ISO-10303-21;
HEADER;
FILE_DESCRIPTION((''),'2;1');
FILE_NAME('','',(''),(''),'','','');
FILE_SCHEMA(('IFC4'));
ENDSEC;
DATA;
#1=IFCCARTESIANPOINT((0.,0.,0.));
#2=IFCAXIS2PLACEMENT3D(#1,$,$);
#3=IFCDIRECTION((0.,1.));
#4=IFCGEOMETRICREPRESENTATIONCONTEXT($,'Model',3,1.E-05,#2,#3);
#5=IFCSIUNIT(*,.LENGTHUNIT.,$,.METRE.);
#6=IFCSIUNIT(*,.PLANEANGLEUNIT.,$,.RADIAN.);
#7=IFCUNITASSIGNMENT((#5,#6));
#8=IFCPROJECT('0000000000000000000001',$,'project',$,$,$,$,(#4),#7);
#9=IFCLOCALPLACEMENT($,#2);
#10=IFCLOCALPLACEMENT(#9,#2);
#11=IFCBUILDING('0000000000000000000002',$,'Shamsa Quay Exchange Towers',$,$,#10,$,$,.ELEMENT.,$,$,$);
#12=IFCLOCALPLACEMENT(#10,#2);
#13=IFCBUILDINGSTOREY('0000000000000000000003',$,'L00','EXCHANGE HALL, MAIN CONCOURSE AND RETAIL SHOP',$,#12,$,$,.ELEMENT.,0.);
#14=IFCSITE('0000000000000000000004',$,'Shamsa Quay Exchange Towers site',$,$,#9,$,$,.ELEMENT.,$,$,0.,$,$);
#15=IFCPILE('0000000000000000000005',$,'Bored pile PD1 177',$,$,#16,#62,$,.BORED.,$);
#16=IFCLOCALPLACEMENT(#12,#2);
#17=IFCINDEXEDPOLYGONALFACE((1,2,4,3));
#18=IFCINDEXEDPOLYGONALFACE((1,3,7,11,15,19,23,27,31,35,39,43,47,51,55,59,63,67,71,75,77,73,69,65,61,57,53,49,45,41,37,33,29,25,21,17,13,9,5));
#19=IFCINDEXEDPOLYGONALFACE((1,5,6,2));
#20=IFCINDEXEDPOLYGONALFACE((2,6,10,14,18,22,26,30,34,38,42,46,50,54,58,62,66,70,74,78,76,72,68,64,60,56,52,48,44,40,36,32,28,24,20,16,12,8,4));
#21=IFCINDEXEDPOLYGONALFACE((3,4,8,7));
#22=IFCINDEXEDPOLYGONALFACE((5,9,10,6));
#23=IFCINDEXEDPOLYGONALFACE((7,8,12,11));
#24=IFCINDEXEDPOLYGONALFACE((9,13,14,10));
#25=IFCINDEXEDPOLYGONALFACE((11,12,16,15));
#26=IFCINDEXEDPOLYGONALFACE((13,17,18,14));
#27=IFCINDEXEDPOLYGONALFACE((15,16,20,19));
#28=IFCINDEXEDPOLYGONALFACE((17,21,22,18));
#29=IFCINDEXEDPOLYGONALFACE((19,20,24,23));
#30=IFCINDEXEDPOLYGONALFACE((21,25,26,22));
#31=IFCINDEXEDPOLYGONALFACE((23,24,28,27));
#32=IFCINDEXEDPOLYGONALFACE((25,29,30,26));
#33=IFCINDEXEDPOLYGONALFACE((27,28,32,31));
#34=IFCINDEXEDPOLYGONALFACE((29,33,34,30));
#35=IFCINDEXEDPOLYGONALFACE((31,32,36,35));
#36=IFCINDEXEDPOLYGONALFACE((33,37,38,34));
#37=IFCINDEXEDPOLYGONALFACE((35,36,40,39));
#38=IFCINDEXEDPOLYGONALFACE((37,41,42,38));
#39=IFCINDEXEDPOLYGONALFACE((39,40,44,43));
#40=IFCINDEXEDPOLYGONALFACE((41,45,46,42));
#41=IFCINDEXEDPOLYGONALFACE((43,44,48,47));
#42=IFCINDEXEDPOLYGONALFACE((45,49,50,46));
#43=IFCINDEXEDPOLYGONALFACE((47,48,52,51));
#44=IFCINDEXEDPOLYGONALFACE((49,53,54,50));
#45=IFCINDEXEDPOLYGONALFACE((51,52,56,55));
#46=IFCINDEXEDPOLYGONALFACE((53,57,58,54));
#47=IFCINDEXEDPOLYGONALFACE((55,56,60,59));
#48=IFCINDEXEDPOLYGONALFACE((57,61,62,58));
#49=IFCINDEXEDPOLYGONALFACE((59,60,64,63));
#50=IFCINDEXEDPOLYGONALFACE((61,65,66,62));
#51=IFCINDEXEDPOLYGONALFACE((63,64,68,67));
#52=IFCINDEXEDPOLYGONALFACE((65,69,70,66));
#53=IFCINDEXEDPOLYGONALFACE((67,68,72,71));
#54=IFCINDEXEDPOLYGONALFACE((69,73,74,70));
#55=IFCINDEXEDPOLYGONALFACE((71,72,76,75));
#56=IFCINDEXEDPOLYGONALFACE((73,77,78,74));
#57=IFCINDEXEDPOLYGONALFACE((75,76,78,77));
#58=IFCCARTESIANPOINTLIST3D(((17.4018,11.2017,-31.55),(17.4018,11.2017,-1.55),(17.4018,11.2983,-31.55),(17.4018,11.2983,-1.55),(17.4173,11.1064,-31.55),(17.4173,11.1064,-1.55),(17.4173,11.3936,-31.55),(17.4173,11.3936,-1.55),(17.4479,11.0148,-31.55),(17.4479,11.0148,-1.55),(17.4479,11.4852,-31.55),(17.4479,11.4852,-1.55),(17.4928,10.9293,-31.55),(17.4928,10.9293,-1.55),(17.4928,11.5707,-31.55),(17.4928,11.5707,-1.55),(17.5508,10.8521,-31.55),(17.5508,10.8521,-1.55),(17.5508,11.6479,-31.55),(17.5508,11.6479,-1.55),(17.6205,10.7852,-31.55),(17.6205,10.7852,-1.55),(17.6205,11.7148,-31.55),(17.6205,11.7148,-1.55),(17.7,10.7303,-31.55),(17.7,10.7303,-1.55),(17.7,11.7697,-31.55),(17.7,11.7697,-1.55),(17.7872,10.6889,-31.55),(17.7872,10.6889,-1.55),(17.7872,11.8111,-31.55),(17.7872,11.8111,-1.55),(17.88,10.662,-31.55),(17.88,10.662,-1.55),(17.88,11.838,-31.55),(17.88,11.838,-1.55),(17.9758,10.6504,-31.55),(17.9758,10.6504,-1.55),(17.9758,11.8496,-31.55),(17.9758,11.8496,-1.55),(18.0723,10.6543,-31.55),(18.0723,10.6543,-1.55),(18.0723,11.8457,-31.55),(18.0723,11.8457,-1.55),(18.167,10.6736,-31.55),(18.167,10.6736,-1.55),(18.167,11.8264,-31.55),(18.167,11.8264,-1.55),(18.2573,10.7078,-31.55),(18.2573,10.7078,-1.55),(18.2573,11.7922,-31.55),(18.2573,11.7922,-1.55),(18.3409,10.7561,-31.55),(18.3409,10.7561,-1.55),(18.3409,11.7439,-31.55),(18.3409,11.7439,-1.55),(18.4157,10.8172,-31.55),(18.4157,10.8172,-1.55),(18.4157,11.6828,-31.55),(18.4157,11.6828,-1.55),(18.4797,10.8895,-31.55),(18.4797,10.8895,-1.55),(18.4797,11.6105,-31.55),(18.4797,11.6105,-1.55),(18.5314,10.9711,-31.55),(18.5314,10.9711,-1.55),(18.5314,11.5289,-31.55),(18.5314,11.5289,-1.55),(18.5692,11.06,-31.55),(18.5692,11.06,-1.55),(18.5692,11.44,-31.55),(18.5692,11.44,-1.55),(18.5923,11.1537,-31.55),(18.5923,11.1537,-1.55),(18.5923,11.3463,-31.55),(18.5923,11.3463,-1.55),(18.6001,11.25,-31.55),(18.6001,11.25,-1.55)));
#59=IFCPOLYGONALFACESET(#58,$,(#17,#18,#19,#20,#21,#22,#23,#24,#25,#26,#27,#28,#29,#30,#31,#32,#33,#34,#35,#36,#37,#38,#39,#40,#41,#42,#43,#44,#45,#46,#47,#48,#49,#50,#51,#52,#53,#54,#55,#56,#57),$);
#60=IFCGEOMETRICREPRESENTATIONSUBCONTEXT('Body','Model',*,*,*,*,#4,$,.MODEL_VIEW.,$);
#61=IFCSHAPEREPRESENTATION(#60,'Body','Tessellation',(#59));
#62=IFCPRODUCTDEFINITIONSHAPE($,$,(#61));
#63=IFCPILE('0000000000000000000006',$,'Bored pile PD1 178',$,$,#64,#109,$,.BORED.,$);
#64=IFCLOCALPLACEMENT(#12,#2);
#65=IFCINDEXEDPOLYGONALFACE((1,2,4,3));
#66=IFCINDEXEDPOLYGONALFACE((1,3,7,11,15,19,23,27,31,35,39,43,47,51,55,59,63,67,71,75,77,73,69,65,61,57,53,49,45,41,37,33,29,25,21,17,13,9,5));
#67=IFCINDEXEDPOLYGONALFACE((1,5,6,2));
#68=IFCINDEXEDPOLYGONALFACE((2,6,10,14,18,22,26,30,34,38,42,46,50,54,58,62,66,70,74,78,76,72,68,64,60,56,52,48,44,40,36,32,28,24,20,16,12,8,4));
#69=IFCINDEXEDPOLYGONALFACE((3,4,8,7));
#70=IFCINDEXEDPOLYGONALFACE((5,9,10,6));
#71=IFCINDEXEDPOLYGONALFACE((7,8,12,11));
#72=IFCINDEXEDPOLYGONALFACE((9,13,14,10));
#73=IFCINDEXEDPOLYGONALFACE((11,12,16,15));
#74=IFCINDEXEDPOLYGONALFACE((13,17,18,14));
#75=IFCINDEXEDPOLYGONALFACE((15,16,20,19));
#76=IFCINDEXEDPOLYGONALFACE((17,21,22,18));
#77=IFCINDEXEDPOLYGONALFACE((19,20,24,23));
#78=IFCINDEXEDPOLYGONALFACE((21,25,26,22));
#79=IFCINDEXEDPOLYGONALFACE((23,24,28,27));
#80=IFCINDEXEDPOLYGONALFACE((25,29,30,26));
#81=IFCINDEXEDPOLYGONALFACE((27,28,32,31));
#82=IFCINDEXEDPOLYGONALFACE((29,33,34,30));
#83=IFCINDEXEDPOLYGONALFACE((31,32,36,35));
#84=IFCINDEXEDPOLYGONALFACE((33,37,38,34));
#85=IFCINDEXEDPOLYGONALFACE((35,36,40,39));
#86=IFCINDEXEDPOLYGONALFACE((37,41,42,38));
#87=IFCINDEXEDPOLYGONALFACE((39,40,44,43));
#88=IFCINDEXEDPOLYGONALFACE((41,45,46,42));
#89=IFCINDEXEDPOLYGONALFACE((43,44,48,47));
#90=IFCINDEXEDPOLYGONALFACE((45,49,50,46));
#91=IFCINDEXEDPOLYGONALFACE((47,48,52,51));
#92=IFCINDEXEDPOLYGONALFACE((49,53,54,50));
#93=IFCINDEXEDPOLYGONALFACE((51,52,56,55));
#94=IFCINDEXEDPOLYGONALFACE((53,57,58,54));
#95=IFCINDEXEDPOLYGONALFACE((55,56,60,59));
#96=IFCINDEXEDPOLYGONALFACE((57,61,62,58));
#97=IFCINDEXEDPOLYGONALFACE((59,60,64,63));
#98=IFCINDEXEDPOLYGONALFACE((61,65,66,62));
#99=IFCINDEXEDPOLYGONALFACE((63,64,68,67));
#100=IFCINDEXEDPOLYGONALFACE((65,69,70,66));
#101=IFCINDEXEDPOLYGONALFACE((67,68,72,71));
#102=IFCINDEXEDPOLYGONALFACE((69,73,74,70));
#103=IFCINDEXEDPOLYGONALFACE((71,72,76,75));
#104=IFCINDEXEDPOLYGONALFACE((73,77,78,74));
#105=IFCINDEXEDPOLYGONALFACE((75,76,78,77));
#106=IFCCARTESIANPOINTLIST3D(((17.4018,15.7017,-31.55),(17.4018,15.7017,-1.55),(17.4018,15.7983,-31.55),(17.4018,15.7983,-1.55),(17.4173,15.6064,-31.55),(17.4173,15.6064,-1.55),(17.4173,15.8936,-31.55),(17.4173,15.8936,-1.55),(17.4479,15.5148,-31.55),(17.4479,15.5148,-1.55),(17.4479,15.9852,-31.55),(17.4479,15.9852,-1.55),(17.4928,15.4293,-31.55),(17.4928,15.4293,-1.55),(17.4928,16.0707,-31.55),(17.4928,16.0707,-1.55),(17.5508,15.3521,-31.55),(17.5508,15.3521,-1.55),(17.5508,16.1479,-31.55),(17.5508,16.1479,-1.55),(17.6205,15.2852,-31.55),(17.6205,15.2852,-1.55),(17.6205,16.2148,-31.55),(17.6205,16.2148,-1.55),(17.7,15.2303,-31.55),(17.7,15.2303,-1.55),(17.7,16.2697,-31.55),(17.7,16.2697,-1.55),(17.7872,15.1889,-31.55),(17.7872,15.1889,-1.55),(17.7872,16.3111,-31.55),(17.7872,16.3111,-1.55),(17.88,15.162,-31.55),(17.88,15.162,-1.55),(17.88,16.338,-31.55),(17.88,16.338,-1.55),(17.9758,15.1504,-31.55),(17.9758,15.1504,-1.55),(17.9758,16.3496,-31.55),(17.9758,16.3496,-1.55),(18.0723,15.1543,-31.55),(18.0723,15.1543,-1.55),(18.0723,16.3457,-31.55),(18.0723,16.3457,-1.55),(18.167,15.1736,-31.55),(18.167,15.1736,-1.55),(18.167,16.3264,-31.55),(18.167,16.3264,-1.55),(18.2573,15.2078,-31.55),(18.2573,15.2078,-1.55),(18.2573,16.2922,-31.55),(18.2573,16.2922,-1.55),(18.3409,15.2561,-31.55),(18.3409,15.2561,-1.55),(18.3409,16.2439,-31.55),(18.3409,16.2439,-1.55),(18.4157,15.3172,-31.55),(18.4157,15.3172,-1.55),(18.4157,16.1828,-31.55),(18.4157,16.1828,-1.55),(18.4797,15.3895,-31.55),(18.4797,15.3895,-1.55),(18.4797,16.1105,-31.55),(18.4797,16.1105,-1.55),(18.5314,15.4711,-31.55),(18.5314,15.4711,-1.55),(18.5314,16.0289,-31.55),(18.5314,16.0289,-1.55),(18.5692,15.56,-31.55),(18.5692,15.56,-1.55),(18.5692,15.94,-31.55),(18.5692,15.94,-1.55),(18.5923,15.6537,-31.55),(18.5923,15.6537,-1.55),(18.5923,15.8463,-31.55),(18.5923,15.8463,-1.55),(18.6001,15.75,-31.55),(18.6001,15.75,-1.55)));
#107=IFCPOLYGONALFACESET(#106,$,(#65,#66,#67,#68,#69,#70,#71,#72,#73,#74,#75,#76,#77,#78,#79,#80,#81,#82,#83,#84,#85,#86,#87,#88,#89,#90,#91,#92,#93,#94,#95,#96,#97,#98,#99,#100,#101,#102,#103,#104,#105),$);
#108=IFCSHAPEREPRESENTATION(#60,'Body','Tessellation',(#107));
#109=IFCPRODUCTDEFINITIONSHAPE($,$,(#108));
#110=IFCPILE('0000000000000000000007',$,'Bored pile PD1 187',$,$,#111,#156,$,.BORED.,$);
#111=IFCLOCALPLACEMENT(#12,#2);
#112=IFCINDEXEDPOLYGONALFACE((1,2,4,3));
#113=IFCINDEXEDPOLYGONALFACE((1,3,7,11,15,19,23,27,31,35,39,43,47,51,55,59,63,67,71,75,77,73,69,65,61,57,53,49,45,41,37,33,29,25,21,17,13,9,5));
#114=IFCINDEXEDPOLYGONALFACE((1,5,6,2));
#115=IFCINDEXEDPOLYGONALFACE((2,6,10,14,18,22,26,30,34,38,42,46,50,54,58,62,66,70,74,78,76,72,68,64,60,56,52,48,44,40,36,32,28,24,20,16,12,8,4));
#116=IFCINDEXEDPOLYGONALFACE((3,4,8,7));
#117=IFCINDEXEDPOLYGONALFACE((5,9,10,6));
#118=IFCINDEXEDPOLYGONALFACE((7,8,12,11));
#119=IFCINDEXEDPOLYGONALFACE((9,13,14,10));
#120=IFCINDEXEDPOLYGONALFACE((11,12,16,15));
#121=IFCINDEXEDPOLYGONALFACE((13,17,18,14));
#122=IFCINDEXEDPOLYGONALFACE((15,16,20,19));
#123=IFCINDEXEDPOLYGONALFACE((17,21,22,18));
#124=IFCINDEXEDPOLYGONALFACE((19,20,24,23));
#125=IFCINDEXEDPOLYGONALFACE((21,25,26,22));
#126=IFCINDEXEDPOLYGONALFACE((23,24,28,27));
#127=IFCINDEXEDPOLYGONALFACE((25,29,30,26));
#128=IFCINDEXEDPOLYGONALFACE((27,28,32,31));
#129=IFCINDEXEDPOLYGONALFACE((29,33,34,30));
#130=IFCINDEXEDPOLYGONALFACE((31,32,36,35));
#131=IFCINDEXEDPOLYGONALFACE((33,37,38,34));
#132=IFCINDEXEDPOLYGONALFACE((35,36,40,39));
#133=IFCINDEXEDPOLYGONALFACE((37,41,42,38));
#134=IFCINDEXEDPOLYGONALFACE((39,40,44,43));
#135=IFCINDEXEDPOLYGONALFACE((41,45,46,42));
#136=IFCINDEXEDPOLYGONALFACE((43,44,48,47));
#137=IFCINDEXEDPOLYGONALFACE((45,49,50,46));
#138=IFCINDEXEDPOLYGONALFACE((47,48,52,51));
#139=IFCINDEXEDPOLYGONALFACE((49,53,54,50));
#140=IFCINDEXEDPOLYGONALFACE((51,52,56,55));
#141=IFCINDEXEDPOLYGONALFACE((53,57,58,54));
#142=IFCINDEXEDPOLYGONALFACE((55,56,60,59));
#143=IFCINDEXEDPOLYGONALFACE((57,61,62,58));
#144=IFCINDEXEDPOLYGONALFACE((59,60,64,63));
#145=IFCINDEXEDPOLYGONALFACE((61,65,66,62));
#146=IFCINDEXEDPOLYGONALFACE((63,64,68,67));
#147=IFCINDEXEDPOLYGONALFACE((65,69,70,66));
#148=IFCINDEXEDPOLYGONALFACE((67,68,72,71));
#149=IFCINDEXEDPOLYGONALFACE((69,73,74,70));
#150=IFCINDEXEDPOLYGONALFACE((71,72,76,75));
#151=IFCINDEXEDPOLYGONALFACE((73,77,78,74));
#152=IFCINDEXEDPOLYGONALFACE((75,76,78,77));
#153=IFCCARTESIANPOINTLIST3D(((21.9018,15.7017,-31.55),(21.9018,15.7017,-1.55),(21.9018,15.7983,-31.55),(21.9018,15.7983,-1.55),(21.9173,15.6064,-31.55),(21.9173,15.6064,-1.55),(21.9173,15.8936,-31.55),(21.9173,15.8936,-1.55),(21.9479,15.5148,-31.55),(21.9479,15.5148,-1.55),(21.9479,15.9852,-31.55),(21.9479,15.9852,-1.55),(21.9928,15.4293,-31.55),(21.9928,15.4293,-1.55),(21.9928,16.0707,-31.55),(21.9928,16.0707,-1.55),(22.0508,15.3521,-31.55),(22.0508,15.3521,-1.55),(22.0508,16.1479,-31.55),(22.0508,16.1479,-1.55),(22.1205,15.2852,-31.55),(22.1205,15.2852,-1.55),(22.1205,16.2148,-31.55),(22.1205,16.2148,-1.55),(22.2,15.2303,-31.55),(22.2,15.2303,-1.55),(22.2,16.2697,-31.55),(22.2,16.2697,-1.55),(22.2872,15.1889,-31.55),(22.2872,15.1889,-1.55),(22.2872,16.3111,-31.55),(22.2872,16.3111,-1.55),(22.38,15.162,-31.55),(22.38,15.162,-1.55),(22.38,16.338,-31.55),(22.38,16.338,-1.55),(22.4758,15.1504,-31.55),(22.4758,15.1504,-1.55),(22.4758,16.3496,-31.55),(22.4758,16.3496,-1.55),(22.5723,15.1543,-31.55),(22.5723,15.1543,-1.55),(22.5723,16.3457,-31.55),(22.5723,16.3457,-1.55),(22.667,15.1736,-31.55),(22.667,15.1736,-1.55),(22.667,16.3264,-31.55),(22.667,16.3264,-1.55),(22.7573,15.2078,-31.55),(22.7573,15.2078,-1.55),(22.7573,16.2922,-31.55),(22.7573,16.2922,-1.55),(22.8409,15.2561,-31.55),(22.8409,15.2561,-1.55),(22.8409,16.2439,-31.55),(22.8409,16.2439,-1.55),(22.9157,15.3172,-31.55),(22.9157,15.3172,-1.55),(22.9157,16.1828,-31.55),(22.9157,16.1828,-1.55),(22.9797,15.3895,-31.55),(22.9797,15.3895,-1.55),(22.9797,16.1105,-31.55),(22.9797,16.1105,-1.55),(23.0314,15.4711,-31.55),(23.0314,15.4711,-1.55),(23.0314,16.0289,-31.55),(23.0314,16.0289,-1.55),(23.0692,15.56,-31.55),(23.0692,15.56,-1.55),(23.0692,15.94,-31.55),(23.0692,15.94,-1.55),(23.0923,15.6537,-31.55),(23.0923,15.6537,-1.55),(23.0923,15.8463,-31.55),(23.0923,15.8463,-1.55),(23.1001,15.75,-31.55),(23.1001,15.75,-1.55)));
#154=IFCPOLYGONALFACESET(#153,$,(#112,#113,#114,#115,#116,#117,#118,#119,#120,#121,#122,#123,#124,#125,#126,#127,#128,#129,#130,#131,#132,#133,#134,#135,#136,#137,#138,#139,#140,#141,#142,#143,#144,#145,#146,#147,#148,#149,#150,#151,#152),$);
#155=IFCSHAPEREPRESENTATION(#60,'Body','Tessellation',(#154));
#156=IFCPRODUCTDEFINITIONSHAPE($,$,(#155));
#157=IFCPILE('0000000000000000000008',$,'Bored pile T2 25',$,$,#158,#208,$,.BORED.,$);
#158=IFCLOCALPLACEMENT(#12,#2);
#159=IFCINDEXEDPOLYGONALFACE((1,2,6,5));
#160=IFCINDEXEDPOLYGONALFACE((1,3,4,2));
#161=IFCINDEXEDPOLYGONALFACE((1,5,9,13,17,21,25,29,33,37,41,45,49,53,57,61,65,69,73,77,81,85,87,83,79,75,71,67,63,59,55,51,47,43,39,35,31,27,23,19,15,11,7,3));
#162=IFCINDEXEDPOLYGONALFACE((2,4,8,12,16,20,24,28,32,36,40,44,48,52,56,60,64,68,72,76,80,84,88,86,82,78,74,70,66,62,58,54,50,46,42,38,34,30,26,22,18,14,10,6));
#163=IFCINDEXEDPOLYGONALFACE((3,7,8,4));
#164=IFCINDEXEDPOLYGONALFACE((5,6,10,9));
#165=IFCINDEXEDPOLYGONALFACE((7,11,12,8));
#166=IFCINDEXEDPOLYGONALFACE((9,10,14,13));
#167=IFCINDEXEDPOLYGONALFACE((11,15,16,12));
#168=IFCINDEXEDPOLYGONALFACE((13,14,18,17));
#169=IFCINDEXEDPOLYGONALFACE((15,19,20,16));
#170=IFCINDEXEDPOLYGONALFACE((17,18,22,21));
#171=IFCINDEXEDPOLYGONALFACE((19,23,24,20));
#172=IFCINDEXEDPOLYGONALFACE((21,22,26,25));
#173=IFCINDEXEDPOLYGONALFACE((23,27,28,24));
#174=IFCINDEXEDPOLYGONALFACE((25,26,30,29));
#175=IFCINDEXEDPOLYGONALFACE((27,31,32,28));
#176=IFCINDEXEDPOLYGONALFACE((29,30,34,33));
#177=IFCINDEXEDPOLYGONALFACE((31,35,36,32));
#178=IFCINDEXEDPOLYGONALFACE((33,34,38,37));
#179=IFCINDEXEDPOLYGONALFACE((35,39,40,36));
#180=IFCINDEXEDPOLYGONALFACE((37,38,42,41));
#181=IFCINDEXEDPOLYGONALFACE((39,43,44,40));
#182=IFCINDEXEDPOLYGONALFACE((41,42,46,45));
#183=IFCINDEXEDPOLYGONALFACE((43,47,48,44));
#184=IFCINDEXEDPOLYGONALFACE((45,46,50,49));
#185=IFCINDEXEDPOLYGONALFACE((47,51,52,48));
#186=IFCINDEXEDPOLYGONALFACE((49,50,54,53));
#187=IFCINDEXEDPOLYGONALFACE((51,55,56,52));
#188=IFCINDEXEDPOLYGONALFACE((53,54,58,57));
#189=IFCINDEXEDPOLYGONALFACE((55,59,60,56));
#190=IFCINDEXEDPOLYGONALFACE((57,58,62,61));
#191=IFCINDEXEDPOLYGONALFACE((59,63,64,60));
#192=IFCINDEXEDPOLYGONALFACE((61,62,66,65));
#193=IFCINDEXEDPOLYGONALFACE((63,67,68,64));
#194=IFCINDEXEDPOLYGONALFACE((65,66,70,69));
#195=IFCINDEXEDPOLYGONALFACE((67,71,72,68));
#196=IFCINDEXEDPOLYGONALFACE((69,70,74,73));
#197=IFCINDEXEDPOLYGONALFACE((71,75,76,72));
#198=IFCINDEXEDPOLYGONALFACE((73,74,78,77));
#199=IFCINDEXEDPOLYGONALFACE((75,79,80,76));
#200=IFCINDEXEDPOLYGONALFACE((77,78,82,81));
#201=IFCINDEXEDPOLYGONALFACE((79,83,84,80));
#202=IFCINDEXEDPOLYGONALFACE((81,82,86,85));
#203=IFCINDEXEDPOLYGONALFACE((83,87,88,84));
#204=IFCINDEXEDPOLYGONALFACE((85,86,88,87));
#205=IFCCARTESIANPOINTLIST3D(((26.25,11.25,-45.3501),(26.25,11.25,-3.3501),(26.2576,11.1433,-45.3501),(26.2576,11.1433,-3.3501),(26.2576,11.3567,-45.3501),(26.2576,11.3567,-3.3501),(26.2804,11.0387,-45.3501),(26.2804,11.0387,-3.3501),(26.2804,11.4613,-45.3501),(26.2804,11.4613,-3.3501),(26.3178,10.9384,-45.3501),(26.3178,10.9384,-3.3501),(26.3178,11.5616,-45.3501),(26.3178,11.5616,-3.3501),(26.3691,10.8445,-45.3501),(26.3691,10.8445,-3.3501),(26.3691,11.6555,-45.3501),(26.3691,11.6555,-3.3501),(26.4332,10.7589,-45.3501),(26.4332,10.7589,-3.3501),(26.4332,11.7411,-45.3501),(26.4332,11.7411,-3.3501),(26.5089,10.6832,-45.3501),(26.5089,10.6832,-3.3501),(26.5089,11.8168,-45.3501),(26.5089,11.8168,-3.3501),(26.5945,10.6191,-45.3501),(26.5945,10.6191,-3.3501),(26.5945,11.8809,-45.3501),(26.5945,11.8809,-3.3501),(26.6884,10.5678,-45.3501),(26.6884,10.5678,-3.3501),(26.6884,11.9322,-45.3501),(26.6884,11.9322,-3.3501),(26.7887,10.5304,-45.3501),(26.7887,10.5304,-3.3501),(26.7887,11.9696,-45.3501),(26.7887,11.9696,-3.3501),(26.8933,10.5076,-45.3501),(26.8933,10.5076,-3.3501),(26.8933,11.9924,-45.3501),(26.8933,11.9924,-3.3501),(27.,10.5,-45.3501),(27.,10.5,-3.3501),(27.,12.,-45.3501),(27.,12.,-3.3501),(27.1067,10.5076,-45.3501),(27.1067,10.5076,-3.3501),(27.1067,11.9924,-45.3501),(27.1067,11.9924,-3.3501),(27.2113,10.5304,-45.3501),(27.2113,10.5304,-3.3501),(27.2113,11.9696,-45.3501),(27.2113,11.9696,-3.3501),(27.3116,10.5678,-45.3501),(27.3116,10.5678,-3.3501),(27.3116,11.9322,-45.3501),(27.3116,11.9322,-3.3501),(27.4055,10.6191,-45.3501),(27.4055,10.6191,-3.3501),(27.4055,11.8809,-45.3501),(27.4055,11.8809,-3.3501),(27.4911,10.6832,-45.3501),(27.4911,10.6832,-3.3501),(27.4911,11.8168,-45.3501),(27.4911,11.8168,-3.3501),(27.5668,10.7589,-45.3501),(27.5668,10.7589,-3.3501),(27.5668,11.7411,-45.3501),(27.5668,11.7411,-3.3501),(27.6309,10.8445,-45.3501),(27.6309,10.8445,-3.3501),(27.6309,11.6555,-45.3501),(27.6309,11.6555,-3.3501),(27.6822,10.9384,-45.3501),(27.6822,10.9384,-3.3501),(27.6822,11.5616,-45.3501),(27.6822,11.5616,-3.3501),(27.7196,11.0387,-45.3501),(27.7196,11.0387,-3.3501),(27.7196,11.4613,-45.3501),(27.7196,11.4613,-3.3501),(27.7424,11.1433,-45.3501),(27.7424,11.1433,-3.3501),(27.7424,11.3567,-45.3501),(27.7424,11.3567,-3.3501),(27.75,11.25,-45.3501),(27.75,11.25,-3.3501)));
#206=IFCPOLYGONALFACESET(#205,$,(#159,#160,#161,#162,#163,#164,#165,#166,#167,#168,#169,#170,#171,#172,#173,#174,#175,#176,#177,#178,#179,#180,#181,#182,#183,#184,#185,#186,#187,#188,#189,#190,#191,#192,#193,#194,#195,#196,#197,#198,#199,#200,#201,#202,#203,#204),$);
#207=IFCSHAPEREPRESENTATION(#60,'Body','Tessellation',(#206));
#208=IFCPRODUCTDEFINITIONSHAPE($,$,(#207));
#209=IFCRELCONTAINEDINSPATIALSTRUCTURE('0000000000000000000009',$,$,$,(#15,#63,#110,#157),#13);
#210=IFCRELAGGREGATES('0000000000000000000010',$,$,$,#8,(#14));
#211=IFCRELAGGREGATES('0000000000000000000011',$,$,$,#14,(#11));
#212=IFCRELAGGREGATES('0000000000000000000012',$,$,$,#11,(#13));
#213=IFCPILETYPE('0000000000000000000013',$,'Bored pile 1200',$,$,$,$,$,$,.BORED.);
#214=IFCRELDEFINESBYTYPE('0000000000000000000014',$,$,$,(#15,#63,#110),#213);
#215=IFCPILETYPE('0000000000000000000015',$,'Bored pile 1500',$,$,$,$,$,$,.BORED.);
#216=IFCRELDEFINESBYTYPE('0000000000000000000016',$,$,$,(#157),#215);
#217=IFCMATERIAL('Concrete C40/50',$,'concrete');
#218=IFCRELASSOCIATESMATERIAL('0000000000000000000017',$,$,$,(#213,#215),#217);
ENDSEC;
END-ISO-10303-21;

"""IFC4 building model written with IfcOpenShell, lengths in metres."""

from ifc_helpers import new_model, si_unit, direction, frame, origin, origin_2d, place, context, subcontext, project, spatial, circle, extrude, material, material_profile, profile_set, type_object, element, save


model = new_model("IFC4")

# Units and contexts
model_context = context("Model", 3, precision=1e-05, world=origin(), true_north=direction((0.0, 1.0)))
body_context = subcontext(model_context, "Body", "Model", "MODEL_VIEW")
ifc_project = project(units=[si_unit("LENGTHUNIT", "METRE"), si_unit("PLANEANGLEUNIT", "RADIAN")], contexts=[model_context])

# Site, building, storey
site_placement = place(None, origin())
site = spatial("IfcSite", under=ifc_project, at=site_placement, Name="Shamsa Quay Exchange Towers site", CompositionType="ELEMENT", RefElevation=0.0)
building_placement = place(site_placement, origin())
building = spatial("IfcBuilding", under=site, at=building_placement, Name="Shamsa Quay Exchange Towers", CompositionType="ELEMENT")
storey_placement = place(building_placement, origin())
storey = spatial("IfcBuildingStorey", under=building, at=storey_placement, Name="L00", Description="EXCHANGE HALL, MAIN CONCOURSE AND RETAIL SHOP", CompositionType="ELEMENT", Elevation=0.0)

# Piles
ifc_material_1 = material(Name="Concrete C40/50", Category="concrete")
ifc_material_profile_1 = material_profile(ifc_material_1, circle(Radius=0.6001, at=origin_2d()), Name="BP1200")
ifc_profile_set_1 = profile_set([ifc_material_profile_1], Name="Concrete C40/50")
pile_type_1 = type_object("IfcPileType", Name="Bored pile 1200", PredefinedType="BORED", material=ifc_profile_set_1)
for number, where, z_axis, x_axis, name in (
    (1, (18.0, 11.25, -1.55), (0.0, 0.0, -1.0), (1.0, 0.0, 0.0), "Bored pile PD1 177"),
    (2, (18.0, 15.75, -1.55), (0.0, 0.0, -1.0), (1.0, 0.0, 0.0), "Bored pile PD1 178"),
    (3, (22.5, 15.75, -1.55), (0.0, 0.0, -1.0), (1.0, 0.0, 0.0), "Bored pile PD1 187"),
):
    element("IfcPile", number, at=place(storey_placement, frame(where, z_axis=z_axis, x_axis=x_axis)), inside=storey, type_object=pile_type_1, Name=name, PredefinedType="BORED", context=body_context, shape_type="SweptSolid", body=[
        extrude(circle(Radius=0.6001, at=origin_2d()), origin(), (0.0, 0.0, 1.0), 30.0),
    ])
ifc_material_profile_2 = material_profile(ifc_material_1, circle(Radius=0.75, at=origin_2d()), Name="BP1500")
ifc_profile_set_2 = profile_set([ifc_material_profile_2], Name="Concrete C40/50")
pile_type_2 = type_object("IfcPileType", Name="Bored pile 1500", PredefinedType="BORED", material=ifc_profile_set_2)
for number, where, z_axis, x_axis, name in (
    (4, (27.0, 11.25, -3.3501), (0.0, 0.0, -1.0), (1.0, 0.0, 0.0), "Bored pile T2 25"),
):
    element("IfcPile", number, at=place(storey_placement, frame(where, z_axis=z_axis, x_axis=x_axis)), inside=storey, type_object=pile_type_2, Name=name, PredefinedType="BORED", context=body_context, shape_type="SweptSolid", body=[
        extrude(circle(Radius=0.75, at=origin_2d()), origin(), (0.0, 0.0, 1.0), 42.0),
    ])

save(model, "model.ifc")
